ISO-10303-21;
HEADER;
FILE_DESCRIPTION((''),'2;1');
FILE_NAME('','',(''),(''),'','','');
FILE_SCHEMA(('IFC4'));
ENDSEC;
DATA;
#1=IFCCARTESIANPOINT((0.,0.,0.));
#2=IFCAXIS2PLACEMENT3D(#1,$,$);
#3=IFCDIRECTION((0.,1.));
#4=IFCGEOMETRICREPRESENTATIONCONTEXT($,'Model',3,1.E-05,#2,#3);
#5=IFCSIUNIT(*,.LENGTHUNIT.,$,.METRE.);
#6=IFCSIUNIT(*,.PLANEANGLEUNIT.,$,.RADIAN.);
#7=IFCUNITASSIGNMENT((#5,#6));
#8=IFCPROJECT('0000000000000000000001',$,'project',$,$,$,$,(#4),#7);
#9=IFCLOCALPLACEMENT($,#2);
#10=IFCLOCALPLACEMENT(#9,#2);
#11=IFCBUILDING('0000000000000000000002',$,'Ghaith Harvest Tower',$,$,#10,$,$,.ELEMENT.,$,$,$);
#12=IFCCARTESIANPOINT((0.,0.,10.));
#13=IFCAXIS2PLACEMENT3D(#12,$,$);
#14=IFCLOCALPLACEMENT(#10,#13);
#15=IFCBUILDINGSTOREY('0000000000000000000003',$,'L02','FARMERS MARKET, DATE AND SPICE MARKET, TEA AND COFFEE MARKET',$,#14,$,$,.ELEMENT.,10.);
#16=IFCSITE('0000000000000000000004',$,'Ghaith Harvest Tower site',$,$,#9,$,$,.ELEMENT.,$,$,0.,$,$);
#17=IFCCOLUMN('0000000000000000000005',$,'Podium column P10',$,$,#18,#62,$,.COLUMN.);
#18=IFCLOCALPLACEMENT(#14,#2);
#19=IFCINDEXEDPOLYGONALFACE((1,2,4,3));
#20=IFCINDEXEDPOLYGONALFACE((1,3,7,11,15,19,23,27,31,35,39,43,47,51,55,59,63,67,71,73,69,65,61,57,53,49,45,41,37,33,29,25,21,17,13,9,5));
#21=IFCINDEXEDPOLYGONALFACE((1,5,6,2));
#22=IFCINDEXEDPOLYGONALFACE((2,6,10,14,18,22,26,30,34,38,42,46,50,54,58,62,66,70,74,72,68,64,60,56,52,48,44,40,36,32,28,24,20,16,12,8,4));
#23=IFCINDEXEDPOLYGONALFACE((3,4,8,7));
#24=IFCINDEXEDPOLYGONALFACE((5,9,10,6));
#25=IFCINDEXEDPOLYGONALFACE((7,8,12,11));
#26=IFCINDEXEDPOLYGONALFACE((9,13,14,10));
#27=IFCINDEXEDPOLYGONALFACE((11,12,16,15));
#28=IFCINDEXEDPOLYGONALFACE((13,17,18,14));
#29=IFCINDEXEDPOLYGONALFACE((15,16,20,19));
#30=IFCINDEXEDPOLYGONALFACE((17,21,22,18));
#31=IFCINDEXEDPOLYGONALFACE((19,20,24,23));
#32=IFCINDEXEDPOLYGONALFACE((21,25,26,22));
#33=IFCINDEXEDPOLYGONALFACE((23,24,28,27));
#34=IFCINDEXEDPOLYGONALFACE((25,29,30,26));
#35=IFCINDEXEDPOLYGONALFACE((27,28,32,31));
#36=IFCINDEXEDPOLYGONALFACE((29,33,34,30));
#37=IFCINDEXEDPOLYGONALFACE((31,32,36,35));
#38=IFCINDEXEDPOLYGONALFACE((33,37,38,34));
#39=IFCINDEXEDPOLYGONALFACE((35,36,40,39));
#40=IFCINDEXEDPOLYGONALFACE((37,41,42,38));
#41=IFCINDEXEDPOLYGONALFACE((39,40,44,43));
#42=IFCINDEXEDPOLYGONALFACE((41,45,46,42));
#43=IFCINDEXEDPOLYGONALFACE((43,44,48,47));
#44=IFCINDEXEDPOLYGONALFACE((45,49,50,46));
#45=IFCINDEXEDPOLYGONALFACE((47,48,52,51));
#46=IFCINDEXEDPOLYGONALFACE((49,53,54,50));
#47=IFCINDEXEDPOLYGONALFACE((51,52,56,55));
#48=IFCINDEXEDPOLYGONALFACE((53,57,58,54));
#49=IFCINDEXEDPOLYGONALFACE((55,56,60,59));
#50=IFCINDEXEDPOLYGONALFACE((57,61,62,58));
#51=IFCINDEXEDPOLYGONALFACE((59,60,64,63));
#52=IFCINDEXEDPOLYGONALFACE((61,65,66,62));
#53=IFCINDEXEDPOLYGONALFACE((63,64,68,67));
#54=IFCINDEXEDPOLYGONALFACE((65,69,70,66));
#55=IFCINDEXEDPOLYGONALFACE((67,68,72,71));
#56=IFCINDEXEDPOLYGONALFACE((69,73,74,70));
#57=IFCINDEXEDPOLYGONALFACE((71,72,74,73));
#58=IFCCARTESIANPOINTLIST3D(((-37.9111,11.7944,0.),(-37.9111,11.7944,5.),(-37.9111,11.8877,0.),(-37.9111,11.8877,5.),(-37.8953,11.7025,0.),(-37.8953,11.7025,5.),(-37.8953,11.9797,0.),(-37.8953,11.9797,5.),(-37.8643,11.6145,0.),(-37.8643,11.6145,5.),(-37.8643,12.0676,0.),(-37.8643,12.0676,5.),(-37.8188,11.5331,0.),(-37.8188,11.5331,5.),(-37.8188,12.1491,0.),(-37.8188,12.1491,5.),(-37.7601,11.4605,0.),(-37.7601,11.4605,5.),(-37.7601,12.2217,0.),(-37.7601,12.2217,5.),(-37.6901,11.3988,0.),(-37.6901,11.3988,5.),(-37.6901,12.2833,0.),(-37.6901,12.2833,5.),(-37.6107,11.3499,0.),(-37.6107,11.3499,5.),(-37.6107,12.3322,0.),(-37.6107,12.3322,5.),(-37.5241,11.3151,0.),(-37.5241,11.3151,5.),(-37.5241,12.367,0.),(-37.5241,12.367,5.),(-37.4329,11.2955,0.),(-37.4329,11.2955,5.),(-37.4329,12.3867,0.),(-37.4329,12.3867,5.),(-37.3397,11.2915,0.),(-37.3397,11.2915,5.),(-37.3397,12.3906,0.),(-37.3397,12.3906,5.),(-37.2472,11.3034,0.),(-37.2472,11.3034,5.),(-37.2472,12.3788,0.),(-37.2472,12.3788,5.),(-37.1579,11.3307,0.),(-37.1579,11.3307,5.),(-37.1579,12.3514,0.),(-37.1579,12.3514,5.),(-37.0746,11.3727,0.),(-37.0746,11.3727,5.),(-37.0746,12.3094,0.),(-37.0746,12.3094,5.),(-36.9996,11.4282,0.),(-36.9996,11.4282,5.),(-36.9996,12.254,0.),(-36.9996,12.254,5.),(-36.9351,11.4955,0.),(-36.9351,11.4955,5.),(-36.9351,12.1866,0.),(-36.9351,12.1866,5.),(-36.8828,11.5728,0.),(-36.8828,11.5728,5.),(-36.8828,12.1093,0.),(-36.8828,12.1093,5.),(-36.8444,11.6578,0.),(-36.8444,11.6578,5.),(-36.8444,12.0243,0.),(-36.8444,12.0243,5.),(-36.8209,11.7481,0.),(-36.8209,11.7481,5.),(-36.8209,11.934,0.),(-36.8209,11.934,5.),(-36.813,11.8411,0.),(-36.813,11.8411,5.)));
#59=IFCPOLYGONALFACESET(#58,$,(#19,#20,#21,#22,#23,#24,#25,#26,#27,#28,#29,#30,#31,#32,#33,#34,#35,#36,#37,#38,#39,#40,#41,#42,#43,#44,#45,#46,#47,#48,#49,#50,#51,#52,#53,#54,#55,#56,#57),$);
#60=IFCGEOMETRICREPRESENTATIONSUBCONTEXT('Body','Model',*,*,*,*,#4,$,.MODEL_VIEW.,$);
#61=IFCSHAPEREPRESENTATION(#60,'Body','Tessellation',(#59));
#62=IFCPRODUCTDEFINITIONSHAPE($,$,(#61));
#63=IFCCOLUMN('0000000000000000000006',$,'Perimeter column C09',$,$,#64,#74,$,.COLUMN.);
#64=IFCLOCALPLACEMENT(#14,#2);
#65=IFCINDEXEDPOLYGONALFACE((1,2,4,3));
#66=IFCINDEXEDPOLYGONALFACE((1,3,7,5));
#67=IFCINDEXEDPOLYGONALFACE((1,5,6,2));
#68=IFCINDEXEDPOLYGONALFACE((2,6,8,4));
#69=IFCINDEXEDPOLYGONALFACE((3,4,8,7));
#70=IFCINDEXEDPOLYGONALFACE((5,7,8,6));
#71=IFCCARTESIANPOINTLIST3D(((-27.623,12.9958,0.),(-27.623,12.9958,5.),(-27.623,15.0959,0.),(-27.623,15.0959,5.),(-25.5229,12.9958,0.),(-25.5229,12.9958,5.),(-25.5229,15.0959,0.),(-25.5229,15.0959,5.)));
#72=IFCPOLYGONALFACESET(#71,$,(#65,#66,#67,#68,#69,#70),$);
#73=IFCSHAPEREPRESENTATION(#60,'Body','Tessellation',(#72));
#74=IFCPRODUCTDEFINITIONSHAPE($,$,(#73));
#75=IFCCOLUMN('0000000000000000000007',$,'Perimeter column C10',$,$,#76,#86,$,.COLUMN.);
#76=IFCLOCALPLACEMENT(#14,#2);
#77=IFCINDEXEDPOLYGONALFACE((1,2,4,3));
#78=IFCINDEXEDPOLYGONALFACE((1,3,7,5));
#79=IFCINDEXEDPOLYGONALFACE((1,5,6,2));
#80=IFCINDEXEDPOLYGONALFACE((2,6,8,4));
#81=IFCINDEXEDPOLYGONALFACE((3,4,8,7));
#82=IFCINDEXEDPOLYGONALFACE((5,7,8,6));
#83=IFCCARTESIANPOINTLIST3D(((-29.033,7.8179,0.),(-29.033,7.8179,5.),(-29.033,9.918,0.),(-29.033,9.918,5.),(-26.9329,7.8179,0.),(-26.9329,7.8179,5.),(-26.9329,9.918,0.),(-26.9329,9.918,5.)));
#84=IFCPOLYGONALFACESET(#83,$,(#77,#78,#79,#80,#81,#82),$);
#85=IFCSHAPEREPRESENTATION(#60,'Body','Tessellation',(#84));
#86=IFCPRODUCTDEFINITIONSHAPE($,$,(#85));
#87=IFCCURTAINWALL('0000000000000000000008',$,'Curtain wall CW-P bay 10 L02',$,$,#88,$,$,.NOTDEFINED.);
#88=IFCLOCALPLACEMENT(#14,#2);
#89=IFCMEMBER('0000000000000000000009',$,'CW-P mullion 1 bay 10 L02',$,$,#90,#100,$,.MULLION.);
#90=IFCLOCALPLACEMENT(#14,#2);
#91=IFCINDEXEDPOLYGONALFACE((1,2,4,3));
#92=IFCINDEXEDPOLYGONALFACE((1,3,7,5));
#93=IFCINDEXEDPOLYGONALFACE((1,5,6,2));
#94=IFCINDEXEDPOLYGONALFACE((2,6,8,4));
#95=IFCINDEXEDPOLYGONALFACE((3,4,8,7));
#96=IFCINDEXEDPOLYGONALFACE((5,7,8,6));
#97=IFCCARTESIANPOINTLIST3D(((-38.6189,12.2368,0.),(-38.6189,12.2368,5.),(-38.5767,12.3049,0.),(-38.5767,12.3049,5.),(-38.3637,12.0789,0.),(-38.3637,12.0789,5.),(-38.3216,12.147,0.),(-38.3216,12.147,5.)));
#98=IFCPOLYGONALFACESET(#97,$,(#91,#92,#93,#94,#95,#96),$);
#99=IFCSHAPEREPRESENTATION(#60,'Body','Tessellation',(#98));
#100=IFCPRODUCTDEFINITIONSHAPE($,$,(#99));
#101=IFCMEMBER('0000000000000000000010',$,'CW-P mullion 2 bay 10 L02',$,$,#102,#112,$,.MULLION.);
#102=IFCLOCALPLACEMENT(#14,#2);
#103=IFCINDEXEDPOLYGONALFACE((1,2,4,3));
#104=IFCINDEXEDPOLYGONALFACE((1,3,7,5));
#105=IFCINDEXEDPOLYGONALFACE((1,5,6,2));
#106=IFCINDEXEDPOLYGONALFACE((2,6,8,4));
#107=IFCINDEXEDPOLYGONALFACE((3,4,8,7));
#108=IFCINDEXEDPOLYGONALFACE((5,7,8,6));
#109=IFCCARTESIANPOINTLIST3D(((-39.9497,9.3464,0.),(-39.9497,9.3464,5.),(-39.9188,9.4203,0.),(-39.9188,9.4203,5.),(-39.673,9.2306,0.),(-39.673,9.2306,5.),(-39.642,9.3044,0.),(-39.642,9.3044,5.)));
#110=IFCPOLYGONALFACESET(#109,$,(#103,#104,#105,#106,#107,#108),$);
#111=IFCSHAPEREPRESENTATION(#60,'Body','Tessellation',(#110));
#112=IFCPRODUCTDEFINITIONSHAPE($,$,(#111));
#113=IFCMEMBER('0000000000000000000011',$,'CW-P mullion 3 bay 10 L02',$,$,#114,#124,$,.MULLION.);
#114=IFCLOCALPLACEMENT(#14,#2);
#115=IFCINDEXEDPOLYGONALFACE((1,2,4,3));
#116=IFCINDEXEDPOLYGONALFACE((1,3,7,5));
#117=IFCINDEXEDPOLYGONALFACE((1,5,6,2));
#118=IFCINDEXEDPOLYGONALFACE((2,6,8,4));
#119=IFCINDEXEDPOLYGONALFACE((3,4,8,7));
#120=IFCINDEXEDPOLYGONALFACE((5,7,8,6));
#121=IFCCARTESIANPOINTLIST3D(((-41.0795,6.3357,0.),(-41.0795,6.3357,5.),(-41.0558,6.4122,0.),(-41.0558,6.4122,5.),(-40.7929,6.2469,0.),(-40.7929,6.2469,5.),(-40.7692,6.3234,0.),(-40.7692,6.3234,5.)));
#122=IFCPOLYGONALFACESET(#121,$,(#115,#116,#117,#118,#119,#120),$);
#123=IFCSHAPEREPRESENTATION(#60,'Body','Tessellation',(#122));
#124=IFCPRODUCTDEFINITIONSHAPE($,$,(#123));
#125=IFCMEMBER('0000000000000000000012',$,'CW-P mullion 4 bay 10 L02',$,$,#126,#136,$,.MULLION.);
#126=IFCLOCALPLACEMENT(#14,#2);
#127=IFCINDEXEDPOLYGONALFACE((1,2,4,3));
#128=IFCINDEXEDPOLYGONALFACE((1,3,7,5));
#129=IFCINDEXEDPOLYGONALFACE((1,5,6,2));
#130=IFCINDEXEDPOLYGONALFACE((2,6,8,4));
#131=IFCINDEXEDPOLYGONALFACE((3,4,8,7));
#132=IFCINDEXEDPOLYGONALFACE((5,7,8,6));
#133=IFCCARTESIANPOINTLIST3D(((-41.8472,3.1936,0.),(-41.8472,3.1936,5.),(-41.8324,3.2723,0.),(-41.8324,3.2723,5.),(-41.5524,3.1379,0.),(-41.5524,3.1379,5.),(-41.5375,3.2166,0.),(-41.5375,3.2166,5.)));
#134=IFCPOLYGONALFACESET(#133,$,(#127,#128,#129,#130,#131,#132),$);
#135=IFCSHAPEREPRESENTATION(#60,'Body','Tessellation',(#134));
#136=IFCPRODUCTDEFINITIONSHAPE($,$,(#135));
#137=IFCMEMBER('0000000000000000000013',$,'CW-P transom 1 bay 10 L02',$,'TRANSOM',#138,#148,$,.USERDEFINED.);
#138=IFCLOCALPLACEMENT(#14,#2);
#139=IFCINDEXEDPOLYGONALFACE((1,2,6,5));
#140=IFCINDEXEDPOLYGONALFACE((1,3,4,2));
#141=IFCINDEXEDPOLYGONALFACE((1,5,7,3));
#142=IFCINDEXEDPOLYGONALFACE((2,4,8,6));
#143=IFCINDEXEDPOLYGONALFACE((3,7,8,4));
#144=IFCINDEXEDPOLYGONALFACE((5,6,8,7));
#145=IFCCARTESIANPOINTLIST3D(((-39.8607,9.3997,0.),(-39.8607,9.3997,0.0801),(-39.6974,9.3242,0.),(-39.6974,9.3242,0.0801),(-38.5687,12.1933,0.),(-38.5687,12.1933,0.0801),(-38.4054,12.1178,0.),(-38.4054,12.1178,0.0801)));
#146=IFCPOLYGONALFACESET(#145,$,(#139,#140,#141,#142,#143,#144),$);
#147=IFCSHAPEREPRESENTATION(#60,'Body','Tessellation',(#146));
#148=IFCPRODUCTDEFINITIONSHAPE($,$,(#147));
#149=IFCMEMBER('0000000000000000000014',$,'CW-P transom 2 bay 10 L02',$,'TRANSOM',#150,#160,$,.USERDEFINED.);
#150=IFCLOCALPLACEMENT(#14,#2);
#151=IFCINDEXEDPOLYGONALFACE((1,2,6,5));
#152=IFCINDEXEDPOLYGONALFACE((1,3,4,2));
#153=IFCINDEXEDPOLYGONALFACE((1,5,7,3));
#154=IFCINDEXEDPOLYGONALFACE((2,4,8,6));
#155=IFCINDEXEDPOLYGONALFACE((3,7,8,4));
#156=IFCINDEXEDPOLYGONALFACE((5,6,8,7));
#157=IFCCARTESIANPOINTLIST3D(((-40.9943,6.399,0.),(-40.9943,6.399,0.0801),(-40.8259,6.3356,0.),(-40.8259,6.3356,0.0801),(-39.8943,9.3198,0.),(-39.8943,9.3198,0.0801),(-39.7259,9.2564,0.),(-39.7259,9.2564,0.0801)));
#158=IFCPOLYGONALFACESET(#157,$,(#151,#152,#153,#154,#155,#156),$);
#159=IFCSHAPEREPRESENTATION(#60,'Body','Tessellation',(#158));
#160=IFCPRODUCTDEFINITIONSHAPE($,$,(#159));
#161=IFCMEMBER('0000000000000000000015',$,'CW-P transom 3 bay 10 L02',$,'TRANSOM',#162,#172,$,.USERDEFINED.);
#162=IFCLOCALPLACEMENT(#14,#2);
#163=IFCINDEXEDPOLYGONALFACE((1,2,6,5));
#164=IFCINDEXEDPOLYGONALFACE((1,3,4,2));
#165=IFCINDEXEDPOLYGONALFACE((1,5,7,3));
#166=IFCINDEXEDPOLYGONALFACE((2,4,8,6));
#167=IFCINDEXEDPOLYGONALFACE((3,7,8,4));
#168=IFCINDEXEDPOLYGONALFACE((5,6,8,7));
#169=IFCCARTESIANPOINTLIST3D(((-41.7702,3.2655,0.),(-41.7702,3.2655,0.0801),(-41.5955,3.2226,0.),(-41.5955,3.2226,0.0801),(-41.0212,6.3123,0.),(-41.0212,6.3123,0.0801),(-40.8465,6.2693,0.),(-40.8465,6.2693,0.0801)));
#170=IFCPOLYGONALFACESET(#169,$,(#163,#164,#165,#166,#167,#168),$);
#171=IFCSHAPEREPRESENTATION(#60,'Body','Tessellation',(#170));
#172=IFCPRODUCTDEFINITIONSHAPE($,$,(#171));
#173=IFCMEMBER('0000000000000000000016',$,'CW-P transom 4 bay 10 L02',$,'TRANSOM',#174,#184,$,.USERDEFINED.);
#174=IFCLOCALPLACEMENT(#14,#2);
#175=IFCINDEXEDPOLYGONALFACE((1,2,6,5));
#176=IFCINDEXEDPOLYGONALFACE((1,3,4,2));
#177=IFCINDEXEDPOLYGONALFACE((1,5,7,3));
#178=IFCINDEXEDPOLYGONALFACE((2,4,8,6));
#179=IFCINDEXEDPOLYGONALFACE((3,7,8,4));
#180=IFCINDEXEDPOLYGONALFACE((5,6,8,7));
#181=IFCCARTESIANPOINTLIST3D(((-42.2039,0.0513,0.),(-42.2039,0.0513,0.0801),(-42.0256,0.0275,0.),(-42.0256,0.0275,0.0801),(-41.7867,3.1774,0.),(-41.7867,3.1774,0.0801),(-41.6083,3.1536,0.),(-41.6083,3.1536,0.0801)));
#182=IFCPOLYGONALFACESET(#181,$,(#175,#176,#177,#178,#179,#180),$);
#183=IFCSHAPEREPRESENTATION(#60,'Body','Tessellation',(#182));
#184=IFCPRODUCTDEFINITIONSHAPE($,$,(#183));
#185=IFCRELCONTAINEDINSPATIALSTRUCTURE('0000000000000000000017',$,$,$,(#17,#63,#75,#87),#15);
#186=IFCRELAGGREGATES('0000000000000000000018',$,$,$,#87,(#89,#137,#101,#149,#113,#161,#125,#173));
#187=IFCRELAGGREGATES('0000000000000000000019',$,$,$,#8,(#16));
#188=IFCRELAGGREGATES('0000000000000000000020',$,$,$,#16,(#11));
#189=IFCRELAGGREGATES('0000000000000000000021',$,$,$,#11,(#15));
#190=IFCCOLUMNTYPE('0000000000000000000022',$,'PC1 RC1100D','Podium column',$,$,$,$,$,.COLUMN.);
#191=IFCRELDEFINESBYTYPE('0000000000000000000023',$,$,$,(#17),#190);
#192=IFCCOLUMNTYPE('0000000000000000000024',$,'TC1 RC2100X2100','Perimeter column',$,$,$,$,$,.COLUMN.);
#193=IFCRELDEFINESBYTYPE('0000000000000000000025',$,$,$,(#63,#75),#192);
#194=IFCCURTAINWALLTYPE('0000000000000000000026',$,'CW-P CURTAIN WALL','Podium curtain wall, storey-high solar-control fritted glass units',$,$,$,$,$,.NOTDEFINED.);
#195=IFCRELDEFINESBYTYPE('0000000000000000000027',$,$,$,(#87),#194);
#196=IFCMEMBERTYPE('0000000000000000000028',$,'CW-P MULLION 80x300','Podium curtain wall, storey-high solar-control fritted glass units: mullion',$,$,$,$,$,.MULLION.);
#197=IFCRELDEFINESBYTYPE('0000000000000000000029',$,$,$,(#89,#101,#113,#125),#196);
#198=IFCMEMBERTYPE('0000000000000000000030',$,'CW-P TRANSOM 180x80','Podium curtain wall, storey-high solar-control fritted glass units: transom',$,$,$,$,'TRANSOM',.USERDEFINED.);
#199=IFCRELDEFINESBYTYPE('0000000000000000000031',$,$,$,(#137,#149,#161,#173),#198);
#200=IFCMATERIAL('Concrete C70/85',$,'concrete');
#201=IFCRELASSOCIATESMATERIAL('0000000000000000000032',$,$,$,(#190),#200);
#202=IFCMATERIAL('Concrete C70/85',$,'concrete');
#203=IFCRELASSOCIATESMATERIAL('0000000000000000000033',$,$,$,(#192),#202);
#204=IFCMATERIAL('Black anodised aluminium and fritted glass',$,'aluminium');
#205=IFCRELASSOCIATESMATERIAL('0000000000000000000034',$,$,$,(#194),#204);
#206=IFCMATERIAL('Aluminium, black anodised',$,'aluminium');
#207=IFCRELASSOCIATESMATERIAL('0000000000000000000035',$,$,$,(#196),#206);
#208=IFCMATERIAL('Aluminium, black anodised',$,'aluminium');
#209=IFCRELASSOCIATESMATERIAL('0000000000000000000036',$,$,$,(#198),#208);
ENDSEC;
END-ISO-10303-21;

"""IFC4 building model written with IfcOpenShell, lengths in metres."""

from ifc_helpers import new_model, si_unit, direction, frame, origin, origin_2d, place, context, subcontext, project, spatial, rectangle, circle, extrude, material, material_profile, profile_set, type_object, element, aggregate, save


model = new_model("IFC4")

# Units and contexts
model_context = context("Model", 3, precision=1e-05, world=origin(), true_north=direction((0.0, 1.0)))
body_context = subcontext(model_context, "Body", "Model", "MODEL_VIEW")
ifc_project = project(units=[si_unit("LENGTHUNIT", "METRE"), si_unit("PLANEANGLEUNIT", "RADIAN")], contexts=[model_context])

# Site, building, storey
site_placement = place(None, origin())
site = spatial("IfcSite", under=ifc_project, at=site_placement, Name="Ghaith Harvest Tower site", CompositionType="ELEMENT", RefElevation=0.0)
building_placement = place(site_placement, origin())
building = spatial("IfcBuilding", under=site, at=building_placement, Name="Ghaith Harvest Tower", CompositionType="ELEMENT")
storey_placement = place(building_placement, frame((0.0, 0.0, 10.0)))
storey = spatial("IfcBuildingStorey", under=building, at=storey_placement, Name="L02", Description="FARMERS MARKET, DATE AND SPICE MARKET, TEA AND COFFEE MARKET", CompositionType="ELEMENT", Elevation=10.0)

# Columns
ifc_material_1 = material(Name="Concrete C70/85", Category="concrete")
ifc_material_profile_1 = material_profile(ifc_material_1, circle(Radius=0.55, at=origin_2d()), Name="RC1100D")
ifc_profile_set_1 = profile_set([ifc_material_profile_1], Name="Concrete C70/85")
column_type_1 = type_object("IfcColumnType", Name="PC1 RC1100D", Description="Podium column", PredefinedType="COLUMN", material=ifc_profile_set_1)
column_placement = place(storey_placement, frame((-37.363, 11.8411, 0.0), z_axis=(0.0, 0.0, 1.0), x_axis=(1.0, 0.0, 0.0)))
element("IfcColumn", 1, at=column_placement, inside=storey, type_object=column_type_1, Name="Podium column P10", PredefinedType="COLUMN", context=body_context, shape_type="SweptSolid", body=[
    extrude(circle(Radius=0.55, at=origin_2d()), origin(), (0.0, 0.0, 1.0), 5.0),
])
ifc_material_2 = material(Name="Concrete C70/85", Category="concrete")
ifc_material_profile_2 = material_profile(ifc_material_2, rectangle(XDim=2.1001, YDim=2.1001, at=origin_2d()), Name="RC2100X2100")
ifc_profile_set_2 = profile_set([ifc_material_profile_2], Name="Concrete C70/85")
column_type_2 = type_object("IfcColumnType", Name="TC1 RC2100X2100", Description="Perimeter column", PredefinedType="COLUMN", material=ifc_profile_set_2)
for number, where, z_axis, x_axis, name in (
    (2, (-26.573, 14.0459, 0.0), (0.0, 0.0, 1.0), (1.0, 0.0, 0.0), "Perimeter column C09"),
    (3, (-27.9829, 8.8679, 0.0), (0.0, 0.0, 1.0), (1.0, 0.0, 0.0), "Perimeter column C10"),
):
    element("IfcColumn", number, at=place(storey_placement, frame(where, z_axis=z_axis, x_axis=x_axis)), inside=storey, type_object=column_type_2, Name=name, PredefinedType="COLUMN", context=body_context, shape_type="SweptSolid", body=[
        extrude(rectangle(XDim=2.1001, YDim=2.1001, at=origin_2d()), origin(), (0.0, 0.0, 1.0), 5.0),
    ])

# Curtain wall, members
ifc_material_3 = material(Name="Black anodised aluminium and fritted glass", Category="aluminium")
curtain_wall_type = type_object("IfcCurtainWallType", Name="CW-P CURTAIN WALL", Description="Podium curtain wall, storey-high solar-control fritted glass units", PredefinedType="NOTDEFINED", material=ifc_material_3)
curtain_wall_1_placement = place(storey_placement, origin())
curtain_wall_1 = element("IfcCurtainWall", 4, at=curtain_wall_1_placement, inside=storey, type_object=curtain_wall_type, Name="Curtain wall CW-P bay 10 L02", PredefinedType="NOTDEFINED")
ifc_material_4 = material(Name="Aluminium, black anodised", Category="aluminium")
ifc_material_profile_3 = material_profile(ifc_material_4, rectangle(XDim=0.0801, YDim=0.3, at=origin_2d()), Name="CW-P MULLION 80x300")
ifc_profile_set_3 = profile_set([ifc_material_profile_3], Name="Aluminium, black anodised")
member_type_1 = type_object("IfcMemberType", Name="CW-P MULLION 80x300", Description="Podium curtain wall, storey-high solar-control fritted glass units: mullion", PredefinedType="MULLION", material=ifc_profile_set_3)
member_1_placement = place(storey_placement, frame((-38.4702, 12.1919, 0.0), z_axis=(0.0, 0.0, 1.0), x_axis=(-0.526042, -0.850459, 0.0)))
member_1 = element("IfcMember", 5, at=member_1_placement, type_object=member_type_1, Name="CW-P mullion 1 bay 10 L02", PredefinedType="MULLION", context=body_context, shape_type="SweptSolid", body=[
    extrude(rectangle(XDim=0.0801, YDim=0.3, at=origin_2d()), origin(), (0.0, 0.0, 1.0), 5.0),
])
member_2_placement = place(storey_placement, frame((-39.7959, 9.3254, 0.0), z_axis=(0.0, 0.0, 1.0), x_axis=(-0.386148, -0.922437, 0.0)))
member_2 = element("IfcMember", 6, at=member_2_placement, type_object=member_type_1, Name="CW-P mullion 2 bay 10 L02", PredefinedType="MULLION", context=body_context, shape_type="SweptSolid", body=[
    extrude(rectangle(XDim=0.0801, YDim=0.3, at=origin_2d()), origin(), (0.0, 0.0, 1.0), 5.0),
])
member_3_placement = place(storey_placement, frame((-40.9243, 6.3296, 0.0), z_axis=(0.0, 0.0, 1.0), x_axis=(-0.295966, -0.955198, 0.0)))
member_3 = element("IfcMember", 7, at=member_3_placement, type_object=member_type_1, Name="CW-P mullion 3 bay 10 L02", PredefinedType="MULLION", context=body_context, shape_type="SweptSolid", body=[
    extrude(rectangle(XDim=0.0801, YDim=0.3, at=origin_2d()), origin(), (0.0, 0.0, 1.0), 5.0),
])
member_4_placement = place(storey_placement, frame((-41.6924, 3.2051, 0.0), z_axis=(0.0, 0.0, 1.0), x_axis=(-0.185617, -0.982622, 0.0)))
member_4 = element("IfcMember", 8, at=member_4_placement, type_object=member_type_1, Name="CW-P mullion 4 bay 10 L02", PredefinedType="MULLION", context=body_context, shape_type="SweptSolid", body=[
    extrude(rectangle(XDim=0.0801, YDim=0.3, at=origin_2d()), origin(), (0.0, 0.0, 1.0), 5.0),
])
ifc_material_5 = material(Name="Aluminium, black anodised", Category="aluminium")
ifc_material_profile_4 = material_profile(ifc_material_5, rectangle(XDim=0.1799, YDim=0.0801, at=origin_2d()), Name="CW-P TRANSOM 180x80")
ifc_profile_set_4 = profile_set([ifc_material_profile_4], Name="Aluminium, black anodised")
member_type_2 = type_object("IfcMemberType", Name="CW-P TRANSOM 180x80", Description="Podium curtain wall, storey-high solar-control fritted glass units: transom", ElementType="TRANSOM", PredefinedType="USERDEFINED", material=ifc_profile_set_4)
member_5_placement = place(storey_placement, frame((-38.4871, 12.1555, 0.04), z_axis=(-0.419752, -0.907639, 0.0), x_axis=(0.907639, -0.419752, 0.0)))
member_5 = element("IfcMember", 9, at=member_5_placement, type_object=member_type_2, Name="CW-P transom 1 bay 10 L02", ObjectType="TRANSOM", PredefinedType="USERDEFINED", context=body_context, shape_type="SweptSolid", body=[
    extrude(rectangle(XDim=0.1799, YDim=0.0801, at=origin_2d()), origin(), (0.0, 0.0, 1.0), 3.0779),
])
member_6_placement = place(storey_placement, frame((-39.8101, 9.2881, 0.04), z_axis=(-0.35246, -0.935827, 0.0), x_axis=(0.935827, -0.35246, 0.0)))
member_6 = element("IfcMember", 10, at=member_6_placement, type_object=member_type_2, Name="CW-P transom 2 bay 10 L02", ObjectType="TRANSOM", PredefinedType="USERDEFINED", context=body_context, shape_type="SweptSolid", body=[
    extrude(rectangle(XDim=0.1799, YDim=0.0801, at=origin_2d()), origin(), (0.0, 0.0, 1.0), 3.1211),
])
member_7_placement = place(storey_placement, frame((-40.9338, 6.2908, 0.04), z_axis=(-0.238744, -0.971083, 0.0), x_axis=(0.971083, -0.238744, 0.0)))
member_7 = element("IfcMember", 11, at=member_7_placement, type_object=member_type_2, Name="CW-P transom 3 bay 10 L02", ObjectType="TRANSOM", PredefinedType="USERDEFINED", context=body_context, shape_type="SweptSolid", body=[
    extrude(rectangle(XDim=0.1799, YDim=0.0801, at=origin_2d()), origin(), (0.0, 0.0, 1.0), 3.1375),
])
member_8_placement = place(storey_placement, frame((-41.6975, 3.1655, 0.04), z_axis=(-0.132301, -0.99121, 0.0), x_axis=(0.99121, -0.132301, 0.0)))
member_8 = element("IfcMember", 12, at=member_8_placement, type_object=member_type_2, Name="CW-P transom 4 bay 10 L02", ObjectType="TRANSOM", PredefinedType="USERDEFINED", context=body_context, shape_type="SweptSolid", body=[
    extrude(rectangle(XDim=0.1799, YDim=0.0801, at=origin_2d()), origin(), (0.0, 0.0, 1.0), 3.1538),
])

aggregate(curtain_wall_1, [member_1, member_5, member_2, member_6, member_3, member_7, member_4, member_8])

save(model, "model.ifc")
